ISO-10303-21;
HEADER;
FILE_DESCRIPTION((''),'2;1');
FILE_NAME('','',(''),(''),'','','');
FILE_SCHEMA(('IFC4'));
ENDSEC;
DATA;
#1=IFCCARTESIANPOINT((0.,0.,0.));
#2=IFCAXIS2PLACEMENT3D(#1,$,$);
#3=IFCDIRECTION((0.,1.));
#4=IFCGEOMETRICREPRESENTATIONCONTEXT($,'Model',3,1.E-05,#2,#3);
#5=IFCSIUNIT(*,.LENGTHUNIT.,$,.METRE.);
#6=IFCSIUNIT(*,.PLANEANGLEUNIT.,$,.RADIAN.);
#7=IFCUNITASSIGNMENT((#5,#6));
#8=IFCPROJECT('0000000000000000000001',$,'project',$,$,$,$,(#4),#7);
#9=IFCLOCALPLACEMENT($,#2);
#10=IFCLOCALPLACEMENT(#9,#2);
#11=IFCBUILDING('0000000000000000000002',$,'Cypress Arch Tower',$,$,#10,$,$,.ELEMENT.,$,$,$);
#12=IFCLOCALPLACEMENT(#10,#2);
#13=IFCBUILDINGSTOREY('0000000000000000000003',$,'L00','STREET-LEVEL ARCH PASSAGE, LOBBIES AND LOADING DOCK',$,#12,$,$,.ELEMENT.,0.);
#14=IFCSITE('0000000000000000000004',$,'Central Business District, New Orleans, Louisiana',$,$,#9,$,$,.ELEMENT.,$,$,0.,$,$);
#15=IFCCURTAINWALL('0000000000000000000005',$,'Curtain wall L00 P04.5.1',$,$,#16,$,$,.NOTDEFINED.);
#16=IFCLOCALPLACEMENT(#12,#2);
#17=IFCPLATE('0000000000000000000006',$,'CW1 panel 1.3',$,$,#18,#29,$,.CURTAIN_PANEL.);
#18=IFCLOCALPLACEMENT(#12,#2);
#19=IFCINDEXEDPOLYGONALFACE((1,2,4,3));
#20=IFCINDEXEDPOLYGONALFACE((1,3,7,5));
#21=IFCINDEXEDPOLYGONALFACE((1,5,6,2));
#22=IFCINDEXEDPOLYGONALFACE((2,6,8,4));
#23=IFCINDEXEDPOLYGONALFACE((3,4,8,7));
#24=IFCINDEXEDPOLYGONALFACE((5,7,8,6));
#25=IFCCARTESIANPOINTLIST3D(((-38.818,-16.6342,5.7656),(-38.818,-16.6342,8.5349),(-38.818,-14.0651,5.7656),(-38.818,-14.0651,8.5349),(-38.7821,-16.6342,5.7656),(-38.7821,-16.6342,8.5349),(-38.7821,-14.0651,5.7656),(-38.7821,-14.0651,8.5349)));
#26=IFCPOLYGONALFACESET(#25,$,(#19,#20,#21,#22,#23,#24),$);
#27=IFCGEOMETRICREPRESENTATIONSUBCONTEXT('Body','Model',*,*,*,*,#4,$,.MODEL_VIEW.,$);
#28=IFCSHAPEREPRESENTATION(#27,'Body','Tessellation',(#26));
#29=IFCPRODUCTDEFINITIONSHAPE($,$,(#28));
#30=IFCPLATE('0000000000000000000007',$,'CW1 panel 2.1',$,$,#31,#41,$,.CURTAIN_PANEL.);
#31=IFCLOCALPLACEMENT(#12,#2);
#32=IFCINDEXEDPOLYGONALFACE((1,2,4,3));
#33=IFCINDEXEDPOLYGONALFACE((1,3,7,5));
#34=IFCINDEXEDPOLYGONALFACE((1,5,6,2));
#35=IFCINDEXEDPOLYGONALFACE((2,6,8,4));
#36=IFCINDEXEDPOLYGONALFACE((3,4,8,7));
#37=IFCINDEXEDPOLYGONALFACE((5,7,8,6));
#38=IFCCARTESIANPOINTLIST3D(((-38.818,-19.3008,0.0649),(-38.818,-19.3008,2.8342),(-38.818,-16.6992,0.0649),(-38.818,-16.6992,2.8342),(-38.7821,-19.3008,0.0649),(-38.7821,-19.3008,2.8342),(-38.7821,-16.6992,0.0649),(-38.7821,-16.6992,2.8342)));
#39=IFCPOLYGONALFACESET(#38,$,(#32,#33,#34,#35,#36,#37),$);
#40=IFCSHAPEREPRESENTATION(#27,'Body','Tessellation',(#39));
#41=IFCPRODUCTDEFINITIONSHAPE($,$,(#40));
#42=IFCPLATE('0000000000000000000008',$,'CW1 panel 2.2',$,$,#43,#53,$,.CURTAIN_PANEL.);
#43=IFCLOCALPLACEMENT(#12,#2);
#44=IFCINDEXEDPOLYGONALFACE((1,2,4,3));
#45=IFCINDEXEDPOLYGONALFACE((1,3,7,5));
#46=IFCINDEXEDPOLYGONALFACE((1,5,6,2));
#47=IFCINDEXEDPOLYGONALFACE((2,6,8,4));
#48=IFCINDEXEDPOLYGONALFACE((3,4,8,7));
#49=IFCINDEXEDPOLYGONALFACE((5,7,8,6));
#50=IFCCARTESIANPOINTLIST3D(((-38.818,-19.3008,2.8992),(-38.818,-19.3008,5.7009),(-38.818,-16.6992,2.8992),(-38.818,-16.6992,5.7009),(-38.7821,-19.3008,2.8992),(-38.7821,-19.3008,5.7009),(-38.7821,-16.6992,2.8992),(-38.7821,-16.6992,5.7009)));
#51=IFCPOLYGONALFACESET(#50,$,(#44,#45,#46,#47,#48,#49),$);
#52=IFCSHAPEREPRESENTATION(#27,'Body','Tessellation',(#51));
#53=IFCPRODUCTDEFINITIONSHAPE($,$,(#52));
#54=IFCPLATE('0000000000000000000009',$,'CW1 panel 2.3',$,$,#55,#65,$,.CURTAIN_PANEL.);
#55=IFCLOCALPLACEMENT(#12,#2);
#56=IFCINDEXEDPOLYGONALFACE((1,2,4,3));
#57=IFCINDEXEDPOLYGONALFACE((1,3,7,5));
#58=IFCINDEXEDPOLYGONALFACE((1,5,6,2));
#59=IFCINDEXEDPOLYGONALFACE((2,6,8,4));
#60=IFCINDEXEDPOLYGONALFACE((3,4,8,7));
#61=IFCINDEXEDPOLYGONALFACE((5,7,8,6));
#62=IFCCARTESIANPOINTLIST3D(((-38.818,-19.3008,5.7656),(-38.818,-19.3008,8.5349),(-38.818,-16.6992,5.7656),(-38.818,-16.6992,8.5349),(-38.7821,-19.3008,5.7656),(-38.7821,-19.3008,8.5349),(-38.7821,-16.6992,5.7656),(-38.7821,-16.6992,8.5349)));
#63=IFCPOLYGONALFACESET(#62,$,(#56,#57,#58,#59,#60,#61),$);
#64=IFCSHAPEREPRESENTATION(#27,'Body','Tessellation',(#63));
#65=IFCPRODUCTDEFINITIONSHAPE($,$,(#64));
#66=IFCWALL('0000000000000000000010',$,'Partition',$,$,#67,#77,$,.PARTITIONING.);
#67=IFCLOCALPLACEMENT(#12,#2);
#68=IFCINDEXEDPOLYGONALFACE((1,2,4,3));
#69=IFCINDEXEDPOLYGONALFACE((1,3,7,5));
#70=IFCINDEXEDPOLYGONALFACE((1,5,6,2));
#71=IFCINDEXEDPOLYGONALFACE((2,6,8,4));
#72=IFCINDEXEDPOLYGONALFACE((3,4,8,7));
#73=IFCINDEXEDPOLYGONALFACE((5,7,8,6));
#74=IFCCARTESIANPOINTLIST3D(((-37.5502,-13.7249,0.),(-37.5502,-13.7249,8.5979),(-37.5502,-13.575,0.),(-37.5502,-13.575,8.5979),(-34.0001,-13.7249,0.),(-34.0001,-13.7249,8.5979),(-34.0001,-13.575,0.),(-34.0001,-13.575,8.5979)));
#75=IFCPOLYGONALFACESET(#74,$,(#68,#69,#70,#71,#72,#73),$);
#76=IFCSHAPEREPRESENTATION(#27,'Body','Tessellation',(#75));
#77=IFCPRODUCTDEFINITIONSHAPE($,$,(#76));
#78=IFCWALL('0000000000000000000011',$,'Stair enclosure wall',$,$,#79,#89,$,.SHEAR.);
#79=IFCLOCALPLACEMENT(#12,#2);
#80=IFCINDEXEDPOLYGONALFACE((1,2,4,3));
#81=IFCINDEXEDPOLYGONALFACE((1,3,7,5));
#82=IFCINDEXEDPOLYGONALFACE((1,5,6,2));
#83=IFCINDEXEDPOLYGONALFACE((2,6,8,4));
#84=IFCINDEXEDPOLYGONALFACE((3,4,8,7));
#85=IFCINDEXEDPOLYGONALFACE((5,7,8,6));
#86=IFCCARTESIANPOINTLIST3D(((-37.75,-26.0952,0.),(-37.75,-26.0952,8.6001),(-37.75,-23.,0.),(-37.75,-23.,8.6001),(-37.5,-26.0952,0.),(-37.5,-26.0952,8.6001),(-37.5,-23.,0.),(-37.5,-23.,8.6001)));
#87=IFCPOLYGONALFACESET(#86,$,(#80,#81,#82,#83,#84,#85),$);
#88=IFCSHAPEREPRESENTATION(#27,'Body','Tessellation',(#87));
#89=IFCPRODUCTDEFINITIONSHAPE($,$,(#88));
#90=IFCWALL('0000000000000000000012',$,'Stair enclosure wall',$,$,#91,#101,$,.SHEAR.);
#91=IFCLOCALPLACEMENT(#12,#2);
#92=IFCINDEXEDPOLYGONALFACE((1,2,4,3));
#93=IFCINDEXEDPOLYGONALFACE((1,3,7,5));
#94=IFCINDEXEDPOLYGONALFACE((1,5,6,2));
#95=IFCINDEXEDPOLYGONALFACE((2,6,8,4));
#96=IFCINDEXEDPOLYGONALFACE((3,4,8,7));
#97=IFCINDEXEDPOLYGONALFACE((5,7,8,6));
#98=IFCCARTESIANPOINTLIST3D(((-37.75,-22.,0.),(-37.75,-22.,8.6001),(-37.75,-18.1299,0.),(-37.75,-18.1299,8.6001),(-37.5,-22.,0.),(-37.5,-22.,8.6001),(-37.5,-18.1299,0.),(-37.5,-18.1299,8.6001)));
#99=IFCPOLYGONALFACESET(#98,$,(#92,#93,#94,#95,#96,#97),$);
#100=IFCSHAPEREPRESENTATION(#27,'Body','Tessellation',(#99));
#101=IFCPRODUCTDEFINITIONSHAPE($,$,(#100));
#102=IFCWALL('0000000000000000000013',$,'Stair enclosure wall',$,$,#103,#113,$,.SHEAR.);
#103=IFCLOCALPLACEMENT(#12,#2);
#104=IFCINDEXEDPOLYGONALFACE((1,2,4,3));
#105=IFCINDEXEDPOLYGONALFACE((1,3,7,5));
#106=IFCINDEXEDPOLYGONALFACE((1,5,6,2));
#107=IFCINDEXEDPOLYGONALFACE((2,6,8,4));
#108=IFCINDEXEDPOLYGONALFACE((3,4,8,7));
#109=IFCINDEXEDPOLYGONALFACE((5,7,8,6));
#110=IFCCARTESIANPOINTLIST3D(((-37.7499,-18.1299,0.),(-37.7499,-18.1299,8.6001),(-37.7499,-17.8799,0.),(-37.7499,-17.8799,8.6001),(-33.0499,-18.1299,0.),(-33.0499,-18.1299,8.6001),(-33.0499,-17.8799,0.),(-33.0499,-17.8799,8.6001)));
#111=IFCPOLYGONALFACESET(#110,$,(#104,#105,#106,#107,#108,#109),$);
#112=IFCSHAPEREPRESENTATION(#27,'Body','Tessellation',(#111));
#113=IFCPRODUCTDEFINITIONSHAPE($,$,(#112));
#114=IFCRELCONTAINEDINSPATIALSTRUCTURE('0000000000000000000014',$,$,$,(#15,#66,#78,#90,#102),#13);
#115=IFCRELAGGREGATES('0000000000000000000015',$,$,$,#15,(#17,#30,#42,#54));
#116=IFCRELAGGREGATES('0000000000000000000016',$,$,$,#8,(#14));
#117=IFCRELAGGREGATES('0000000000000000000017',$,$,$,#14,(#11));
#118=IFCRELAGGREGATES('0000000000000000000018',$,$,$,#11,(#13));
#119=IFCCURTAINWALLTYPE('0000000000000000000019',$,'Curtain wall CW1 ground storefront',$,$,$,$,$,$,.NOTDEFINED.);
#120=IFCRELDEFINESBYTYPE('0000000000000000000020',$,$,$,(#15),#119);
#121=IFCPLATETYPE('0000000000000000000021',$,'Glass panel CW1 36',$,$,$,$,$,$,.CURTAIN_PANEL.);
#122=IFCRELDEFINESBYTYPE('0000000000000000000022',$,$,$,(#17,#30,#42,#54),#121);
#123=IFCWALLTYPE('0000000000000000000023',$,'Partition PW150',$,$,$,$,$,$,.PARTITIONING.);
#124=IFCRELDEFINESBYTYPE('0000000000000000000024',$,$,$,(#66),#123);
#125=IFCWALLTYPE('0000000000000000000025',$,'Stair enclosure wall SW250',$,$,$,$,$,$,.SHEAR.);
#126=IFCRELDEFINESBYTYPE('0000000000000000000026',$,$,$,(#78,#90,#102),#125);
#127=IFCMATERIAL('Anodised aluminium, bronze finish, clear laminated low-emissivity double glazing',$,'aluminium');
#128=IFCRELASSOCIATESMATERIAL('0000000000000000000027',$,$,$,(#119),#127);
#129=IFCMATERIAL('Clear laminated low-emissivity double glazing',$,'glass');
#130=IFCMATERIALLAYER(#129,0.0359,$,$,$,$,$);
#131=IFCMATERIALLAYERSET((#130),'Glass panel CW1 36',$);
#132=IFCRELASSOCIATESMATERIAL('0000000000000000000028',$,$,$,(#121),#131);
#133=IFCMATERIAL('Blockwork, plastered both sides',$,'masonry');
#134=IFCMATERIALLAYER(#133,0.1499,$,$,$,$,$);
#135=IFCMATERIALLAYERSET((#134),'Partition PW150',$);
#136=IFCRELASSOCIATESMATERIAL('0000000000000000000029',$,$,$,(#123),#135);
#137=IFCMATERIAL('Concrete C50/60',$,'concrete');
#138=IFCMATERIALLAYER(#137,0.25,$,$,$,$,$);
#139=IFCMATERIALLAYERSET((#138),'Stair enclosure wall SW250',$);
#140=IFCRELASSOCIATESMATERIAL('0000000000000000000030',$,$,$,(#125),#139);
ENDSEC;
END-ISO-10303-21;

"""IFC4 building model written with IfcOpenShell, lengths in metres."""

from ifc_helpers import new_model, si_unit, direction, frame, frame_2d, origin, origin_2d, place, context, subcontext, project, spatial, rectangle, extrude, material, layer, layer_set, type_object, element, aggregate, save


model = new_model("IFC4")

# Units and contexts
model_context = context("Model", 3, precision=1e-05, world=origin(), true_north=direction((0.0, 1.0)))
body_context = subcontext(model_context, "Body", "Model", "MODEL_VIEW")
ifc_project = project(units=[si_unit("LENGTHUNIT", "METRE"), si_unit("PLANEANGLEUNIT", "RADIAN")], contexts=[model_context])

# Site, building, storey
site_placement = place(None, origin())
site = spatial("IfcSite", under=ifc_project, at=site_placement, Name="Central Business District, New Orleans, Louisiana", CompositionType="ELEMENT", RefElevation=0.0)
building_placement = place(site_placement, origin())
building = spatial("IfcBuilding", under=site, at=building_placement, Name="Cypress Arch Tower", CompositionType="ELEMENT")
storey_placement = place(building_placement, origin())
storey = spatial("IfcBuildingStorey", under=building, at=storey_placement, Name="L00", Description="STREET-LEVEL ARCH PASSAGE, LOBBIES AND LOADING DOCK", CompositionType="ELEMENT", Elevation=0.0)

# Curtain wall, plates
ifc_material_1 = material(Name="Anodised aluminium, bronze finish, clear laminated low-emissivity double glazing", Category="aluminium")
curtain_wall_type = type_object("IfcCurtainWallType", Name="Curtain wall CW1 ground storefront", PredefinedType="NOTDEFINED", material=ifc_material_1)
curtain_wall_placement = place(storey_placement, origin())
curtain_wall = element("IfcCurtainWall", 1, at=curtain_wall_placement, inside=storey, type_object=curtain_wall_type, Name="Curtain wall L00 P04.5.1", PredefinedType="NOTDEFINED")
ifc_material_2 = material(Name="Clear laminated low-emissivity double glazing", Category="glass")
ifc_layer_1 = layer(ifc_material_2, 0.0359)
ifc_layer_set_1 = layer_set([ifc_layer_1], Name="Glass panel CW1 36")
plate_type = type_object("IfcPlateType", Name="Glass panel CW1 36", PredefinedType="CURTAIN_PANEL", material=ifc_layer_set_1)
plate_1_placement = place(storey_placement, frame((-38.8, -15.3496, 5.7656), z_axis=(0.0, 0.0, 1.0), x_axis=(0.0, -1.0, 0.0)))
plate_1 = element("IfcPlate", 2, at=plate_1_placement, type_object=plate_type, Name="CW1 panel 1.3", PredefinedType="CURTAIN_PANEL", context=body_context, shape_type="SweptSolid", body=[
    extrude(rectangle(XDim=2.5691, YDim=0.0359, at=origin_2d()), origin(), (0.0, 0.0, 1.0), 2.7693),
])
plate_2_placement = place(storey_placement, frame((-38.8, -18.0, 0.0649), z_axis=(0.0, 0.0, 1.0), x_axis=(0.0, -1.0, 0.0)))
plate_2 = element("IfcPlate", 3, at=plate_2_placement, type_object=plate_type, Name="CW1 panel 2.1", PredefinedType="CURTAIN_PANEL", context=body_context, shape_type="SweptSolid", body=[
    extrude(rectangle(XDim=2.6016, YDim=0.0359, at=origin_2d()), origin(), (0.0, 0.0, 1.0), 2.7693),
])
plate_3_placement = place(storey_placement, frame((-38.8, -18.0, 2.8992), z_axis=(0.0, 0.0, 1.0), x_axis=(0.0, -1.0, 0.0)))
plate_3 = element("IfcPlate", 4, at=plate_3_placement, type_object=plate_type, Name="CW1 panel 2.2", PredefinedType="CURTAIN_PANEL", context=body_context, shape_type="SweptSolid", body=[
    extrude(rectangle(XDim=2.6016, YDim=0.0359, at=origin_2d()), origin(), (0.0, 0.0, 1.0), 2.8018),
])
plate_4_placement = place(storey_placement, frame((-38.8, -18.0, 5.7656), z_axis=(0.0, 0.0, 1.0), x_axis=(0.0, -1.0, 0.0)))
plate_4 = element("IfcPlate", 5, at=plate_4_placement, type_object=plate_type, Name="CW1 panel 2.3", PredefinedType="CURTAIN_PANEL", context=body_context, shape_type="SweptSolid", body=[
    extrude(rectangle(XDim=2.6016, YDim=0.0359, at=origin_2d()), origin(), (0.0, 0.0, 1.0), 2.7693),
])
aggregate(curtain_wall, [plate_1, plate_2, plate_3, plate_4])

# Walls
ifc_material_3 = material(Name="Blockwork, plastered both sides", Category="masonry")
ifc_layer_2 = layer(ifc_material_3, 0.1499)
ifc_layer_set_2 = layer_set([ifc_layer_2], Name="Partition PW150")
wall_type_1 = type_object("IfcWallType", Name="Partition PW150", PredefinedType="PARTITIONING", material=ifc_layer_set_2)
wall_1_placement = place(storey_placement, frame((-37.55, -13.6499, 0.0), z_axis=(0.0, 0.0, 1.0), x_axis=(1.0, 0.0, 0.0)))
element("IfcWall", 6, at=wall_1_placement, inside=storey, type_object=wall_type_1, Name="Partition", PredefinedType="PARTITIONING", context=body_context, shape_type="SweptSolid", body=[
    extrude(rectangle(XDim=3.55, YDim=0.1499, at=frame_2d((1.7749, 0.0))), origin(), (0.0, 0.0, 1.0), 8.5979),
])
ifc_material_4 = material(Name="Concrete C50/60", Category="concrete")
ifc_layer_3 = layer(ifc_material_4, 0.25)
ifc_layer_set_3 = layer_set([ifc_layer_3], Name="Stair enclosure wall SW250")
wall_type_2 = type_object("IfcWallType", Name="Stair enclosure wall SW250", PredefinedType="SHEAR", material=ifc_layer_set_3)
wall_2_placement = place(storey_placement, frame((-37.625, -26.0952, 0.0), z_axis=(0.0, 0.0, 1.0), x_axis=(0.0, 1.0, 0.0)))
element("IfcWall", 7, at=wall_2_placement, inside=storey, type_object=wall_type_2, Name="Stair enclosure wall", PredefinedType="SHEAR", context=body_context, shape_type="SweptSolid", body=[
    extrude(rectangle(XDim=3.0952, YDim=0.25, at=frame_2d((1.5476, 0.0))), origin(), (0.0, 0.0, 1.0), 8.6001),
])
wall_3_placement = place(storey_placement, frame((-37.625, -22.0, 0.0), z_axis=(0.0, 0.0, 1.0), x_axis=(0.0, 1.0, 0.0)))
element("IfcWall", 8, at=wall_3_placement, inside=storey, type_object=wall_type_2, Name="Stair enclosure wall", PredefinedType="SHEAR", context=body_context, shape_type="SweptSolid", body=[
    extrude(rectangle(XDim=3.8701, YDim=0.25, at=frame_2d((1.9351, 0.0))), origin(), (0.0, 0.0, 1.0), 8.6001),
])
wall_4_placement = place(storey_placement, frame((-37.75, -18.0049, 0.0), z_axis=(0.0, 0.0, 1.0), x_axis=(1.0, 0.0, 0.0)))
element("IfcWall", 9, at=wall_4_placement, inside=storey, type_object=wall_type_2, Name="Stair enclosure wall", PredefinedType="SHEAR", context=body_context, shape_type="SweptSolid", body=[
    extrude(rectangle(XDim=4.7, YDim=0.25, at=frame_2d((2.3501, 0.0))), origin(), (0.0, 0.0, 1.0), 8.6001),
])

save(model, "model.ifc")
